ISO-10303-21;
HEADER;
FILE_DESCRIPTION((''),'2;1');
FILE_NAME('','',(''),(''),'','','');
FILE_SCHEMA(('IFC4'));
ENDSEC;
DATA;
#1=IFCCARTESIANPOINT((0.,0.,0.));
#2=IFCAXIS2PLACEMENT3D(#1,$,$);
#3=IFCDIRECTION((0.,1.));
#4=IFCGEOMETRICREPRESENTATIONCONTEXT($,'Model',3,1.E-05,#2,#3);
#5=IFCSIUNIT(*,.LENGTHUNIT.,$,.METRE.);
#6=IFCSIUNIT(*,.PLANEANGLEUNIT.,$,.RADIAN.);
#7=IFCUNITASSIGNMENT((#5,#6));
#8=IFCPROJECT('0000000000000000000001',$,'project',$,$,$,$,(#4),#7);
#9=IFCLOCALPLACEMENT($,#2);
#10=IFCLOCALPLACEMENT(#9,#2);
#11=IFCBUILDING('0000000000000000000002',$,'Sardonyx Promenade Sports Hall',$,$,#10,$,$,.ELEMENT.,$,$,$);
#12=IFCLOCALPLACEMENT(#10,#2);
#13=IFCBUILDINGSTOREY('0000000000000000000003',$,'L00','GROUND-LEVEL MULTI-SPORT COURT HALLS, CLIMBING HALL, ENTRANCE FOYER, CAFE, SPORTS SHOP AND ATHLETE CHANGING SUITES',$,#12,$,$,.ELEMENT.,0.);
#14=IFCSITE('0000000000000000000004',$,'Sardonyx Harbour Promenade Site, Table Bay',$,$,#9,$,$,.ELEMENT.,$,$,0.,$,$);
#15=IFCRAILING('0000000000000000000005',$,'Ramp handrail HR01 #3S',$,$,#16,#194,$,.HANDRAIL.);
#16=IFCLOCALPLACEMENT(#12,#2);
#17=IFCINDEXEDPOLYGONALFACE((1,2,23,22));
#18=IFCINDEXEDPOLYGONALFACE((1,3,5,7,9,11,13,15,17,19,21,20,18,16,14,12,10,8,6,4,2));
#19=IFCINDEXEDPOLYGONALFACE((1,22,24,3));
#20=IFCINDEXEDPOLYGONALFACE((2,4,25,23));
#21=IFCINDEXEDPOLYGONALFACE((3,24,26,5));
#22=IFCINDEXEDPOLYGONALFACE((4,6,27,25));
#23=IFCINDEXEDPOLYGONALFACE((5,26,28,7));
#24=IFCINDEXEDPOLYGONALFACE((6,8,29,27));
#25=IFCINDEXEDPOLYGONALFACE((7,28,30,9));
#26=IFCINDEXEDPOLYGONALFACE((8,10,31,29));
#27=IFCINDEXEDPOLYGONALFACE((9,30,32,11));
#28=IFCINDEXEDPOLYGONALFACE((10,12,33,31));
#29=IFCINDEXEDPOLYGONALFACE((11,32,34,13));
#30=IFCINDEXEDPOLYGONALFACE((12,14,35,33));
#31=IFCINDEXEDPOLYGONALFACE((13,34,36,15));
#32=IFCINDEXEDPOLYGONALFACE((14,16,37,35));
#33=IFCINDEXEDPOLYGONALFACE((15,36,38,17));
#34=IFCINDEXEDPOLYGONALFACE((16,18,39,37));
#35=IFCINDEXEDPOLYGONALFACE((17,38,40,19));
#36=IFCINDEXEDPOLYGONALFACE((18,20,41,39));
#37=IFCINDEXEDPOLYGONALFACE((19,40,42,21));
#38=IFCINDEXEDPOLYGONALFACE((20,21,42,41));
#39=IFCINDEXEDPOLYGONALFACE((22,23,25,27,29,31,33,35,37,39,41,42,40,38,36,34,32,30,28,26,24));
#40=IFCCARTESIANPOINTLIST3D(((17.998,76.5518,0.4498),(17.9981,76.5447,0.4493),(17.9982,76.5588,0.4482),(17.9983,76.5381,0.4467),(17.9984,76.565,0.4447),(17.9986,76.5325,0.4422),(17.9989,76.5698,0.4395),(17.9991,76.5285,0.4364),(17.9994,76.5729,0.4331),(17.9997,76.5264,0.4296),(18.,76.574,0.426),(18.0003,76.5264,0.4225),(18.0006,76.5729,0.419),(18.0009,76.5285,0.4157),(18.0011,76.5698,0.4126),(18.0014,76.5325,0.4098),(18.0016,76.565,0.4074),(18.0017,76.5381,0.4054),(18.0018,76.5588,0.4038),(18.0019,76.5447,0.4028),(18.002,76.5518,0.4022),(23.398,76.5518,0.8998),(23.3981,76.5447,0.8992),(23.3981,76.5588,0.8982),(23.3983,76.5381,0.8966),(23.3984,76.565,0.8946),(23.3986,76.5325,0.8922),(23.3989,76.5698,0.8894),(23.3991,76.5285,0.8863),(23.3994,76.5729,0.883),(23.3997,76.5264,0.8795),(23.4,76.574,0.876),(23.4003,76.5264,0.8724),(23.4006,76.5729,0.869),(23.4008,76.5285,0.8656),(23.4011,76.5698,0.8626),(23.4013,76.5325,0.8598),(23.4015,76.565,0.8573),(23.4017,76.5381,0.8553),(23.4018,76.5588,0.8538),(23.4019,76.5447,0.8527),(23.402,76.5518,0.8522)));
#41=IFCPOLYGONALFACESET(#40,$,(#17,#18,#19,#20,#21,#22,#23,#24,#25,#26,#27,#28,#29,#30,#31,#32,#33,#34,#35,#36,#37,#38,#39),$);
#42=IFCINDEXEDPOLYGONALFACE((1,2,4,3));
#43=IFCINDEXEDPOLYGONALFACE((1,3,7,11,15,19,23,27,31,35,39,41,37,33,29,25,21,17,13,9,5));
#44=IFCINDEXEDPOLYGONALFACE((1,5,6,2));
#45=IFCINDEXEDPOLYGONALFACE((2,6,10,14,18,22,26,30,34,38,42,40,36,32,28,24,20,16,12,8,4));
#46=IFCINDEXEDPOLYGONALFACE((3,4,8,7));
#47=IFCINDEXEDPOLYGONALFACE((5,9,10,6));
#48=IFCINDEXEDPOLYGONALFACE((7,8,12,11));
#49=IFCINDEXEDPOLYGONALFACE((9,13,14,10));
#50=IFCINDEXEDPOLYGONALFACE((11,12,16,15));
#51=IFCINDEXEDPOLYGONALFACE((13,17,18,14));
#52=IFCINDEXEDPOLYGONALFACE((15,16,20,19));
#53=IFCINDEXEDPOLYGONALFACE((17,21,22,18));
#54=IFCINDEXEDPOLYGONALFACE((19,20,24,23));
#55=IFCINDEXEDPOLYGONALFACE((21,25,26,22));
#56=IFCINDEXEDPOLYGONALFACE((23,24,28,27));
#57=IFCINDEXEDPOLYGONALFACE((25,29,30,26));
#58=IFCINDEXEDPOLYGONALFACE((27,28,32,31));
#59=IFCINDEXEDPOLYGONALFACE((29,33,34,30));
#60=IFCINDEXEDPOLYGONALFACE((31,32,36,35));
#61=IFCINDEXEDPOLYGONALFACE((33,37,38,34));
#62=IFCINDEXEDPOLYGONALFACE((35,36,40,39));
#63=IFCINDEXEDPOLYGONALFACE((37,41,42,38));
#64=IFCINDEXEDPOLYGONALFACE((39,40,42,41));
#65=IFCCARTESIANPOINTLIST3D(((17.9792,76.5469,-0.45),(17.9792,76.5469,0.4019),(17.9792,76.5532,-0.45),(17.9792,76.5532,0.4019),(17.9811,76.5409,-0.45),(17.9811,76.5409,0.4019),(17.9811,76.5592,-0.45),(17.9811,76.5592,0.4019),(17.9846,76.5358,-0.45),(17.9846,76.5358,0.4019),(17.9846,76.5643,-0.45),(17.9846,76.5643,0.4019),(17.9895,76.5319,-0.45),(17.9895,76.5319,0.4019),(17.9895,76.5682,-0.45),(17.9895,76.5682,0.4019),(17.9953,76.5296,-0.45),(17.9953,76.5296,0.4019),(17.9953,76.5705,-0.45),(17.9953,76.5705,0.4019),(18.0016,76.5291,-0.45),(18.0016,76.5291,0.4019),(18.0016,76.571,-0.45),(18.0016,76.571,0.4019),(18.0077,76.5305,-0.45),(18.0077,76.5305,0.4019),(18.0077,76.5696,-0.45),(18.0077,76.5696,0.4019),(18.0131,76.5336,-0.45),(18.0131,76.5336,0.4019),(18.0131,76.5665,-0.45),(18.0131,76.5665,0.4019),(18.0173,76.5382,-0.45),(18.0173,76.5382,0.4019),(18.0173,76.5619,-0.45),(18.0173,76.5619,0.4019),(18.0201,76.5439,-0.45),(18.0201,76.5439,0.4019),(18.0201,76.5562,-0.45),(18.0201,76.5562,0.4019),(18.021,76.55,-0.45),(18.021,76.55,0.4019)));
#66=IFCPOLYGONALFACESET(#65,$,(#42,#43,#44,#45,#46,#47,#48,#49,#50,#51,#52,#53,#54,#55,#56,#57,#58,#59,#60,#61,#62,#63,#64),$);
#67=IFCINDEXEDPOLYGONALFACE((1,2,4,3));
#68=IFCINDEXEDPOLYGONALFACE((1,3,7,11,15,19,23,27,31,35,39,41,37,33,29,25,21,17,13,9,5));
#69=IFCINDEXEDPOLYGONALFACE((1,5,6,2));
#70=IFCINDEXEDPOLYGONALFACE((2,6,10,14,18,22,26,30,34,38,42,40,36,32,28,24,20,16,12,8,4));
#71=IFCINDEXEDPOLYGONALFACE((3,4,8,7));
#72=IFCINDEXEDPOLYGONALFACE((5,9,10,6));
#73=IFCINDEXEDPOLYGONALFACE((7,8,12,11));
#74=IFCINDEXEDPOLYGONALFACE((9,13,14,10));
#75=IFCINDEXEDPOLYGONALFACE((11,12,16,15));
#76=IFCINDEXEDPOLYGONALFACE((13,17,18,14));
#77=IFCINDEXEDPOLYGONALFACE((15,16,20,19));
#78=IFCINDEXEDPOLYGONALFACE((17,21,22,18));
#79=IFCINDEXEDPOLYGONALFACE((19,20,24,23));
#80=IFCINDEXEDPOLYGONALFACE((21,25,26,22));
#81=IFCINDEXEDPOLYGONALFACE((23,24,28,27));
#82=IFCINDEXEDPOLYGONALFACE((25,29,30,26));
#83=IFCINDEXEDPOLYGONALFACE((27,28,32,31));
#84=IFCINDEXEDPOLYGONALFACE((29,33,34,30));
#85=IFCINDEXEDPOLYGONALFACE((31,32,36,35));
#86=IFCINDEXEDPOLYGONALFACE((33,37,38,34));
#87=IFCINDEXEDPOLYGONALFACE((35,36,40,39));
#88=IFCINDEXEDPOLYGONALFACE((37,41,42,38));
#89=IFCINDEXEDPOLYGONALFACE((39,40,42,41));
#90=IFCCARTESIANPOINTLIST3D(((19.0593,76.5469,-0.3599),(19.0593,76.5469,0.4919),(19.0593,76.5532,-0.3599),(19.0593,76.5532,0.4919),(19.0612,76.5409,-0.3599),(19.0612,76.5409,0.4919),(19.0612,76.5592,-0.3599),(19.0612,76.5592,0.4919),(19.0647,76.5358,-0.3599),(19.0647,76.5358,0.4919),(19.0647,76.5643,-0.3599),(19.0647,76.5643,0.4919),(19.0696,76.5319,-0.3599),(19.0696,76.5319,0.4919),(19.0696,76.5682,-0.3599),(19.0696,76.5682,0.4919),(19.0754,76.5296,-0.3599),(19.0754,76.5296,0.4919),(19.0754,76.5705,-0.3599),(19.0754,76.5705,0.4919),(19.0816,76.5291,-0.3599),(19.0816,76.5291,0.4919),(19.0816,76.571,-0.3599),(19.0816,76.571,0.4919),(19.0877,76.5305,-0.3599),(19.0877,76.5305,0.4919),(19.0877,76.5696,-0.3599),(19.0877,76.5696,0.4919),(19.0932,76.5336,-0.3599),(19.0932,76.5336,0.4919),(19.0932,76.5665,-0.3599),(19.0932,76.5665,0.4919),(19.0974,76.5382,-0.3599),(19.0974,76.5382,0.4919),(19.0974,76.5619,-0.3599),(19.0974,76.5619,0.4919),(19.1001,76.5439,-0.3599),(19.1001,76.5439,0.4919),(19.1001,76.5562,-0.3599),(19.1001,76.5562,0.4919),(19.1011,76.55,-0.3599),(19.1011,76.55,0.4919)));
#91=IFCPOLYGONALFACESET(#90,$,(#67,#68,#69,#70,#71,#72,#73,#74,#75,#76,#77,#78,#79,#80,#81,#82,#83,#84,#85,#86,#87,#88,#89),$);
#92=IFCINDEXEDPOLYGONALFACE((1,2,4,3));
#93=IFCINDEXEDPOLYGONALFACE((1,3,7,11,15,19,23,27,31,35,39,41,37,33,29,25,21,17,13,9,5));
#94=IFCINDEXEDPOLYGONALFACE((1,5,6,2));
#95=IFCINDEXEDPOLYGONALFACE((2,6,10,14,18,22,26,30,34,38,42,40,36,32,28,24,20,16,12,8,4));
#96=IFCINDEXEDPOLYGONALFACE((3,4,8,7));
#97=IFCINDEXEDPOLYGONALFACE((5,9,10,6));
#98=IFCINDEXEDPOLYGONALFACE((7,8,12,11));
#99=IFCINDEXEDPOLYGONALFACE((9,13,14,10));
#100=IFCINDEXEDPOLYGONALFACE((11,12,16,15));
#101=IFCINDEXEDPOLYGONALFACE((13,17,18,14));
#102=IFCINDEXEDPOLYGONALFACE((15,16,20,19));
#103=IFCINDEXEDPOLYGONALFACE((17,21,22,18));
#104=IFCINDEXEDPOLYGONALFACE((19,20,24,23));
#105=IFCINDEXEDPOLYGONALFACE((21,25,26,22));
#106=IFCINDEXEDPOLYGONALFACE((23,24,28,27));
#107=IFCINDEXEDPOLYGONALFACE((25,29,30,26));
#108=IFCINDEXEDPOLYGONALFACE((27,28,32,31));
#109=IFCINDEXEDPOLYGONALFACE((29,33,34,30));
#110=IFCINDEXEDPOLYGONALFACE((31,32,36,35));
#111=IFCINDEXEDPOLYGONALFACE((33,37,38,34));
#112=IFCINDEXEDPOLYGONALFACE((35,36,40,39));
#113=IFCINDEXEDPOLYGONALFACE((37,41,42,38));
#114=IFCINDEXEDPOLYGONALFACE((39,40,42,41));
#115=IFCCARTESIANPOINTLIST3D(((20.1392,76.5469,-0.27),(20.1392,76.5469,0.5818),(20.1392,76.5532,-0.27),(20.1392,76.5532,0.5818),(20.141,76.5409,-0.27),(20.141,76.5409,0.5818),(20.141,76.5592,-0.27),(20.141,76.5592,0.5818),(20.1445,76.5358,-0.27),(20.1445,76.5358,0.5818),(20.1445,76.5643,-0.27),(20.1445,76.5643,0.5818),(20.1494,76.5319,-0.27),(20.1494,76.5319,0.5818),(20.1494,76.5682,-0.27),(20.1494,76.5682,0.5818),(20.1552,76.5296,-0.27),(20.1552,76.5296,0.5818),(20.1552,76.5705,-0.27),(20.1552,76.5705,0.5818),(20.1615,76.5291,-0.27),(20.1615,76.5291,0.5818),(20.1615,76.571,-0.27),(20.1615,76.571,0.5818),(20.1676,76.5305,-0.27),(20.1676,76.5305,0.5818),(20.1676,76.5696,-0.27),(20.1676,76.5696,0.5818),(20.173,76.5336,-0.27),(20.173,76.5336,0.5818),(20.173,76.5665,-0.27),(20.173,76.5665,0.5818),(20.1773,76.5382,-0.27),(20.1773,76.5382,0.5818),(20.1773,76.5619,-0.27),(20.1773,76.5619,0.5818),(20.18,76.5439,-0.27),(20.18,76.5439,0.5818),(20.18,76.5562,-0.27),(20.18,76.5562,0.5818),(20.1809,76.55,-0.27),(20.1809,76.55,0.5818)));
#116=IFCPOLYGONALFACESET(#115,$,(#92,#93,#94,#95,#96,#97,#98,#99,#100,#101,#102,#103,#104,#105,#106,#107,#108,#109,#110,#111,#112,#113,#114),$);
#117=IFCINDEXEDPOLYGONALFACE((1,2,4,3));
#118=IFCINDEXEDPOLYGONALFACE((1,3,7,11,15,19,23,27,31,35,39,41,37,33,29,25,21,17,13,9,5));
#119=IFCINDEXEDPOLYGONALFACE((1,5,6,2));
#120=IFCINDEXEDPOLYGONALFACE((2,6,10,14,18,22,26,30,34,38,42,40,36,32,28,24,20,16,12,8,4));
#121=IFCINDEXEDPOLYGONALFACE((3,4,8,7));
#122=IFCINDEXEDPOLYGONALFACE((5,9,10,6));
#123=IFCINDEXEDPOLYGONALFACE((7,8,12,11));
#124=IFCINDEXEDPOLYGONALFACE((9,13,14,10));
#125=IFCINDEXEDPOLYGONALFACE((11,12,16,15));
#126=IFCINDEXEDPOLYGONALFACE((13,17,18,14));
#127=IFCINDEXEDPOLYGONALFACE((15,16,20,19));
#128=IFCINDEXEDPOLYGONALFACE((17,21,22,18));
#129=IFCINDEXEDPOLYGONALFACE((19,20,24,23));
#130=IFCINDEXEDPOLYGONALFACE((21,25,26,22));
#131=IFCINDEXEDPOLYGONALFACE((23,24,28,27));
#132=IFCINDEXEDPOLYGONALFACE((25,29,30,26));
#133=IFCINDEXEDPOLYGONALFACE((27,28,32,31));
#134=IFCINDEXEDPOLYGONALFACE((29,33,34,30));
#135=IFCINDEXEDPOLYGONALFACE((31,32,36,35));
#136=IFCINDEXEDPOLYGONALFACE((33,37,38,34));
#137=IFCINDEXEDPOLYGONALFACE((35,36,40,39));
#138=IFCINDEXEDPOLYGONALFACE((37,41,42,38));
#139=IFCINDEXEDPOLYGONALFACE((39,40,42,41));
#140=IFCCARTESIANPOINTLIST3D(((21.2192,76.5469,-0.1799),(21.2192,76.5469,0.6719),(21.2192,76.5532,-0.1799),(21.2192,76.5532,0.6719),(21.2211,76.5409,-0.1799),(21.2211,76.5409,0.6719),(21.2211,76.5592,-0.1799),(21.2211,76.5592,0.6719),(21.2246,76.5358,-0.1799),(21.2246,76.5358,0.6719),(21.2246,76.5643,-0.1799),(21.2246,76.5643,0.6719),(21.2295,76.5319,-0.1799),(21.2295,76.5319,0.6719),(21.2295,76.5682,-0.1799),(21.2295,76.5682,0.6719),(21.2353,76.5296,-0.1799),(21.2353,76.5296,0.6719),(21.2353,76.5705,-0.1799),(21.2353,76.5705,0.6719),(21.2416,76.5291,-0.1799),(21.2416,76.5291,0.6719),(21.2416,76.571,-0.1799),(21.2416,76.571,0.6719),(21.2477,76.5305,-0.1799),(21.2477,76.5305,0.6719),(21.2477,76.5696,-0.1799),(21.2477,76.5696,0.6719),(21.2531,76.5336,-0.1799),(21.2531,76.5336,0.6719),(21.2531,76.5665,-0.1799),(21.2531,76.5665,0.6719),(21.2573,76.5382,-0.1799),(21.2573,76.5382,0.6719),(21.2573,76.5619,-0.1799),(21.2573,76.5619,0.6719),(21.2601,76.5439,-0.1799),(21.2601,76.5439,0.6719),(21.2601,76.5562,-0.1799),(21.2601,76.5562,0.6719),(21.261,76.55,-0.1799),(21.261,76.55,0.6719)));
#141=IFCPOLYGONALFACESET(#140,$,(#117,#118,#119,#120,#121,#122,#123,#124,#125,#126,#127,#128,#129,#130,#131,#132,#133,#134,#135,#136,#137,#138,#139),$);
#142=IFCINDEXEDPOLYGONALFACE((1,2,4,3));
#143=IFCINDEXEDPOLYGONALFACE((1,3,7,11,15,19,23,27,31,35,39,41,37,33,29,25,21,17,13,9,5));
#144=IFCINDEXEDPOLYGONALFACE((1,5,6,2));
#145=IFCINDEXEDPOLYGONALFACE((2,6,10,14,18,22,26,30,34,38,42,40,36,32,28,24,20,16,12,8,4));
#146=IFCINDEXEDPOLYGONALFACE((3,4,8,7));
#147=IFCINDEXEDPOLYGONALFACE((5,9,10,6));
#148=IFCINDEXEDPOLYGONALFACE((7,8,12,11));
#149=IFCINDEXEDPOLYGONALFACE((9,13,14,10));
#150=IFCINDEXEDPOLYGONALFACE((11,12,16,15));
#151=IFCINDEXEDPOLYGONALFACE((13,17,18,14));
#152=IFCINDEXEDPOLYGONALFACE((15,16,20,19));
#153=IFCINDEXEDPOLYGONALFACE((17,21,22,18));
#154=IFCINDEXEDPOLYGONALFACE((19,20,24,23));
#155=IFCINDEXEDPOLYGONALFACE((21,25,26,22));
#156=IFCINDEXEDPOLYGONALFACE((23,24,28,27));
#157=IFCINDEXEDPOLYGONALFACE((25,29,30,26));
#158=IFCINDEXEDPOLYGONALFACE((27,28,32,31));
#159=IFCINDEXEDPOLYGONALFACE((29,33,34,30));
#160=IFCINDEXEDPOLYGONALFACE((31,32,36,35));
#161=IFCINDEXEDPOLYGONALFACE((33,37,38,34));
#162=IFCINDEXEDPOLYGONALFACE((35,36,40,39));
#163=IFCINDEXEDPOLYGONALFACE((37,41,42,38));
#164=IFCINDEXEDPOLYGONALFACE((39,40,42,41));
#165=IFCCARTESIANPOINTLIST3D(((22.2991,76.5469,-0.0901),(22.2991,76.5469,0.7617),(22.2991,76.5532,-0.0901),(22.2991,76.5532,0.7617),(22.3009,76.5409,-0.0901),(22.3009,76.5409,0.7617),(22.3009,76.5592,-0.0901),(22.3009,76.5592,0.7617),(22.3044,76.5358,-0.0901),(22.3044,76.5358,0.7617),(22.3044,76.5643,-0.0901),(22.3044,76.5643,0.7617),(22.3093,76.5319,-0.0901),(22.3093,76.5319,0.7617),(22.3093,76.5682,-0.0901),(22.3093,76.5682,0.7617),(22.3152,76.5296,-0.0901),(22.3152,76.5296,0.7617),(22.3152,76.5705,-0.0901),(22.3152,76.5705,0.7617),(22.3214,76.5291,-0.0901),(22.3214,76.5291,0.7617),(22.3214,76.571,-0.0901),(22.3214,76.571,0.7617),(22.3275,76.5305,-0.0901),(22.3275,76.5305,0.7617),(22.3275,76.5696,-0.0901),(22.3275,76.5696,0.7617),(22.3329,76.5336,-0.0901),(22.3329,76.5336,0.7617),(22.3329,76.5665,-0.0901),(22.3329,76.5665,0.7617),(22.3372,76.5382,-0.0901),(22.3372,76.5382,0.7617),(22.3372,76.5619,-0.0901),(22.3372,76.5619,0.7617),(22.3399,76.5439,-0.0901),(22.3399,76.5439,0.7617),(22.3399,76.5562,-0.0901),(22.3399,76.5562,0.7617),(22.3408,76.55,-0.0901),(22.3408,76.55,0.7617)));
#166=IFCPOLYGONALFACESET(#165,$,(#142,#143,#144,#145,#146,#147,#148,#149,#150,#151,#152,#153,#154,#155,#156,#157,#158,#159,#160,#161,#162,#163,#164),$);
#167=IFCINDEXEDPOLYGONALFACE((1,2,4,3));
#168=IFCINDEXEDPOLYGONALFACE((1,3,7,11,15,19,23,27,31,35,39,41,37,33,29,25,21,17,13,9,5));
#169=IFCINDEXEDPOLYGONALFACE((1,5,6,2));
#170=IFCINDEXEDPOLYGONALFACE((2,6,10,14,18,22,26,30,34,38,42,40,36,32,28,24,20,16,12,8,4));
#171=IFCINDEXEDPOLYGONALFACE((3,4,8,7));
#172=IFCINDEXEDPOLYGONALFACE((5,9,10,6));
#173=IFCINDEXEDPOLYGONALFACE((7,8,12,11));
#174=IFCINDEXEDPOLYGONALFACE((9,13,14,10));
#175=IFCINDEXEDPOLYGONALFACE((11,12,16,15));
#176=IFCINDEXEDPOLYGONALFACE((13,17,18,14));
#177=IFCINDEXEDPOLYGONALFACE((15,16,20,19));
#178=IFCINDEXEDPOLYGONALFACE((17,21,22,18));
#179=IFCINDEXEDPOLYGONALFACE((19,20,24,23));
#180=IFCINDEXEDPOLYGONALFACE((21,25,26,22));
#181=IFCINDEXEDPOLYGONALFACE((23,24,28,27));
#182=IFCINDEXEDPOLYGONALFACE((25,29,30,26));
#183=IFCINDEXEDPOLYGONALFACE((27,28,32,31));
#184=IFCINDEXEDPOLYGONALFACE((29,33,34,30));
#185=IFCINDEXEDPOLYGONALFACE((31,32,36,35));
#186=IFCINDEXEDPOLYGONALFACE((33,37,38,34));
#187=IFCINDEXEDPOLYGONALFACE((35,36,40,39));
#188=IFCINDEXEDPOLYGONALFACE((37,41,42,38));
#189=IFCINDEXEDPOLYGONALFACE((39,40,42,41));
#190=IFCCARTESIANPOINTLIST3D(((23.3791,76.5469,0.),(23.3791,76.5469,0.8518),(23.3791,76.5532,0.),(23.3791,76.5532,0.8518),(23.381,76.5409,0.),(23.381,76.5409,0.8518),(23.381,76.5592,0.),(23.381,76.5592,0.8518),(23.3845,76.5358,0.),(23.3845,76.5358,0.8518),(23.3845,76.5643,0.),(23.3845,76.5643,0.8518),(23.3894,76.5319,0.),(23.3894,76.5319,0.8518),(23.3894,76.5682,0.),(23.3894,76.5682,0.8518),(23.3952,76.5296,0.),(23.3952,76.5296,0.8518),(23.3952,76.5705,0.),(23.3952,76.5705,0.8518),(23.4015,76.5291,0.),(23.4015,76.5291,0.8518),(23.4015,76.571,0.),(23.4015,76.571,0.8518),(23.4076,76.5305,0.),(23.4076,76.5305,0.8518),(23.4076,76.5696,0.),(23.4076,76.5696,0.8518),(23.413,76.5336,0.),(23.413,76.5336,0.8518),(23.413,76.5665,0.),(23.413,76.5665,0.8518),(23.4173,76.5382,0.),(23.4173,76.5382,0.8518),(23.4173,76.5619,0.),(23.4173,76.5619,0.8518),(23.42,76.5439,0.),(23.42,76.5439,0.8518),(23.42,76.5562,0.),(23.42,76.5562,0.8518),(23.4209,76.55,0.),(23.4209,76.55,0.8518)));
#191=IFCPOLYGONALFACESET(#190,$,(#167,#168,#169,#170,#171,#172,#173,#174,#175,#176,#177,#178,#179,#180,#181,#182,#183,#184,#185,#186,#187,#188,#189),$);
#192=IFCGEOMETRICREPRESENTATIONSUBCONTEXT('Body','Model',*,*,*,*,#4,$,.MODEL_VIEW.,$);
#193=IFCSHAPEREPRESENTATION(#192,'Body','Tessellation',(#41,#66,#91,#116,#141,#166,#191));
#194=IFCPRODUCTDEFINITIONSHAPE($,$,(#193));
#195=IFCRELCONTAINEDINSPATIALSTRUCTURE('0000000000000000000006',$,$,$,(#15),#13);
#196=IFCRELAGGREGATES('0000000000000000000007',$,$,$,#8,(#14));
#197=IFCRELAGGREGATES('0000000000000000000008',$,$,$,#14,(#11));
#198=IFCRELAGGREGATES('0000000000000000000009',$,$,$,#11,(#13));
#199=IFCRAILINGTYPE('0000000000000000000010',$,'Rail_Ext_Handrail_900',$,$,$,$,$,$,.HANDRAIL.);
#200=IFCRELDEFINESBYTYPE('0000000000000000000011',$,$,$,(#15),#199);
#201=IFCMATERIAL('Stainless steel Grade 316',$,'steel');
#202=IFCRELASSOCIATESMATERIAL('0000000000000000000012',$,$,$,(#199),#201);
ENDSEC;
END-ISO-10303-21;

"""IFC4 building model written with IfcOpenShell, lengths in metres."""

from ifc_helpers import new_model, si_unit, direction, frame, origin, origin_2d, place, context, subcontext, project, spatial, circle, extrude, material, type_object, element, save


model = new_model("IFC4")

# Units and contexts
model_context = context("Model", 3, precision=1e-05, world=origin(), true_north=direction((0.0, 1.0)))
body_context = subcontext(model_context, "Body", "Model", "MODEL_VIEW")
ifc_project = project(units=[si_unit("LENGTHUNIT", "METRE"), si_unit("PLANEANGLEUNIT", "RADIAN")], contexts=[model_context])

# Site, building, storey
site_placement = place(None, origin())
site = spatial("IfcSite", under=ifc_project, at=site_placement, Name="Sardonyx Harbour Promenade Site, Table Bay", CompositionType="ELEMENT", RefElevation=0.0)
building_placement = place(site_placement, origin())
building = spatial("IfcBuilding", under=site, at=building_placement, Name="Sardonyx Promenade Sports Hall", CompositionType="ELEMENT")
storey_placement = place(building_placement, origin())
storey = spatial("IfcBuildingStorey", under=building, at=storey_placement, Name="L00", Description="GROUND-LEVEL MULTI-SPORT COURT HALLS, CLIMBING HALL, ENTRANCE FOYER, CAFE, SPORTS SHOP AND ATHLETE CHANGING SUITES", CompositionType="ELEMENT", Elevation=0.0)

# Railing
ifc_material_1 = material(Name="Stainless steel Grade 316", Category="steel")
railing_type = type_object("IfcRailingType", Name="Rail_Ext_Handrail_900", PredefinedType="HANDRAIL", material=ifc_material_1)
for number, where, name in (
    (1, (18.0, 76.55, -0.45), "Ramp handrail HR01 #3S"),
):
    element("IfcRailing", number, at=place(storey_placement, frame(where)), inside=storey, type_object=railing_type, Name=name, PredefinedType="HANDRAIL", context=body_context, shape_type="SweptSolid", body=[
        extrude(circle(Radius=0.0239, at=origin_2d()), frame((0.0, 0.0, 0.876), z_axis=(0.996546, 0.0, 0.083038), x_axis=(0.0, 1.0, 0.0)), (0.0, 0.0, 1.0), 5.4187),
        extrude(circle(Radius=0.021, at=origin_2d()), origin(), (0.0, 0.0, 1.0), 0.8518),
        extrude(circle(Radius=0.021, at=origin_2d()), frame((1.0801, 0.0, 0.0901)), (0.0, 0.0, 1.0), 0.8518),
        extrude(circle(Radius=0.021, at=origin_2d()), frame((2.1599, 0.0, 0.1799)), (0.0, 0.0, 1.0), 0.8518),
        extrude(circle(Radius=0.021, at=origin_2d()), frame((3.24, 0.0, 0.27)), (0.0, 0.0, 1.0), 0.8518),
        extrude(circle(Radius=0.021, at=origin_2d()), frame((4.3198, 0.0, 0.3599)), (0.0, 0.0, 1.0), 0.8518),
        extrude(circle(Radius=0.021, at=origin_2d()), frame((5.3999, 0.0, 0.45)), (0.0, 0.0, 1.0), 0.8518),
    ])

save(model, "model.ifc")
